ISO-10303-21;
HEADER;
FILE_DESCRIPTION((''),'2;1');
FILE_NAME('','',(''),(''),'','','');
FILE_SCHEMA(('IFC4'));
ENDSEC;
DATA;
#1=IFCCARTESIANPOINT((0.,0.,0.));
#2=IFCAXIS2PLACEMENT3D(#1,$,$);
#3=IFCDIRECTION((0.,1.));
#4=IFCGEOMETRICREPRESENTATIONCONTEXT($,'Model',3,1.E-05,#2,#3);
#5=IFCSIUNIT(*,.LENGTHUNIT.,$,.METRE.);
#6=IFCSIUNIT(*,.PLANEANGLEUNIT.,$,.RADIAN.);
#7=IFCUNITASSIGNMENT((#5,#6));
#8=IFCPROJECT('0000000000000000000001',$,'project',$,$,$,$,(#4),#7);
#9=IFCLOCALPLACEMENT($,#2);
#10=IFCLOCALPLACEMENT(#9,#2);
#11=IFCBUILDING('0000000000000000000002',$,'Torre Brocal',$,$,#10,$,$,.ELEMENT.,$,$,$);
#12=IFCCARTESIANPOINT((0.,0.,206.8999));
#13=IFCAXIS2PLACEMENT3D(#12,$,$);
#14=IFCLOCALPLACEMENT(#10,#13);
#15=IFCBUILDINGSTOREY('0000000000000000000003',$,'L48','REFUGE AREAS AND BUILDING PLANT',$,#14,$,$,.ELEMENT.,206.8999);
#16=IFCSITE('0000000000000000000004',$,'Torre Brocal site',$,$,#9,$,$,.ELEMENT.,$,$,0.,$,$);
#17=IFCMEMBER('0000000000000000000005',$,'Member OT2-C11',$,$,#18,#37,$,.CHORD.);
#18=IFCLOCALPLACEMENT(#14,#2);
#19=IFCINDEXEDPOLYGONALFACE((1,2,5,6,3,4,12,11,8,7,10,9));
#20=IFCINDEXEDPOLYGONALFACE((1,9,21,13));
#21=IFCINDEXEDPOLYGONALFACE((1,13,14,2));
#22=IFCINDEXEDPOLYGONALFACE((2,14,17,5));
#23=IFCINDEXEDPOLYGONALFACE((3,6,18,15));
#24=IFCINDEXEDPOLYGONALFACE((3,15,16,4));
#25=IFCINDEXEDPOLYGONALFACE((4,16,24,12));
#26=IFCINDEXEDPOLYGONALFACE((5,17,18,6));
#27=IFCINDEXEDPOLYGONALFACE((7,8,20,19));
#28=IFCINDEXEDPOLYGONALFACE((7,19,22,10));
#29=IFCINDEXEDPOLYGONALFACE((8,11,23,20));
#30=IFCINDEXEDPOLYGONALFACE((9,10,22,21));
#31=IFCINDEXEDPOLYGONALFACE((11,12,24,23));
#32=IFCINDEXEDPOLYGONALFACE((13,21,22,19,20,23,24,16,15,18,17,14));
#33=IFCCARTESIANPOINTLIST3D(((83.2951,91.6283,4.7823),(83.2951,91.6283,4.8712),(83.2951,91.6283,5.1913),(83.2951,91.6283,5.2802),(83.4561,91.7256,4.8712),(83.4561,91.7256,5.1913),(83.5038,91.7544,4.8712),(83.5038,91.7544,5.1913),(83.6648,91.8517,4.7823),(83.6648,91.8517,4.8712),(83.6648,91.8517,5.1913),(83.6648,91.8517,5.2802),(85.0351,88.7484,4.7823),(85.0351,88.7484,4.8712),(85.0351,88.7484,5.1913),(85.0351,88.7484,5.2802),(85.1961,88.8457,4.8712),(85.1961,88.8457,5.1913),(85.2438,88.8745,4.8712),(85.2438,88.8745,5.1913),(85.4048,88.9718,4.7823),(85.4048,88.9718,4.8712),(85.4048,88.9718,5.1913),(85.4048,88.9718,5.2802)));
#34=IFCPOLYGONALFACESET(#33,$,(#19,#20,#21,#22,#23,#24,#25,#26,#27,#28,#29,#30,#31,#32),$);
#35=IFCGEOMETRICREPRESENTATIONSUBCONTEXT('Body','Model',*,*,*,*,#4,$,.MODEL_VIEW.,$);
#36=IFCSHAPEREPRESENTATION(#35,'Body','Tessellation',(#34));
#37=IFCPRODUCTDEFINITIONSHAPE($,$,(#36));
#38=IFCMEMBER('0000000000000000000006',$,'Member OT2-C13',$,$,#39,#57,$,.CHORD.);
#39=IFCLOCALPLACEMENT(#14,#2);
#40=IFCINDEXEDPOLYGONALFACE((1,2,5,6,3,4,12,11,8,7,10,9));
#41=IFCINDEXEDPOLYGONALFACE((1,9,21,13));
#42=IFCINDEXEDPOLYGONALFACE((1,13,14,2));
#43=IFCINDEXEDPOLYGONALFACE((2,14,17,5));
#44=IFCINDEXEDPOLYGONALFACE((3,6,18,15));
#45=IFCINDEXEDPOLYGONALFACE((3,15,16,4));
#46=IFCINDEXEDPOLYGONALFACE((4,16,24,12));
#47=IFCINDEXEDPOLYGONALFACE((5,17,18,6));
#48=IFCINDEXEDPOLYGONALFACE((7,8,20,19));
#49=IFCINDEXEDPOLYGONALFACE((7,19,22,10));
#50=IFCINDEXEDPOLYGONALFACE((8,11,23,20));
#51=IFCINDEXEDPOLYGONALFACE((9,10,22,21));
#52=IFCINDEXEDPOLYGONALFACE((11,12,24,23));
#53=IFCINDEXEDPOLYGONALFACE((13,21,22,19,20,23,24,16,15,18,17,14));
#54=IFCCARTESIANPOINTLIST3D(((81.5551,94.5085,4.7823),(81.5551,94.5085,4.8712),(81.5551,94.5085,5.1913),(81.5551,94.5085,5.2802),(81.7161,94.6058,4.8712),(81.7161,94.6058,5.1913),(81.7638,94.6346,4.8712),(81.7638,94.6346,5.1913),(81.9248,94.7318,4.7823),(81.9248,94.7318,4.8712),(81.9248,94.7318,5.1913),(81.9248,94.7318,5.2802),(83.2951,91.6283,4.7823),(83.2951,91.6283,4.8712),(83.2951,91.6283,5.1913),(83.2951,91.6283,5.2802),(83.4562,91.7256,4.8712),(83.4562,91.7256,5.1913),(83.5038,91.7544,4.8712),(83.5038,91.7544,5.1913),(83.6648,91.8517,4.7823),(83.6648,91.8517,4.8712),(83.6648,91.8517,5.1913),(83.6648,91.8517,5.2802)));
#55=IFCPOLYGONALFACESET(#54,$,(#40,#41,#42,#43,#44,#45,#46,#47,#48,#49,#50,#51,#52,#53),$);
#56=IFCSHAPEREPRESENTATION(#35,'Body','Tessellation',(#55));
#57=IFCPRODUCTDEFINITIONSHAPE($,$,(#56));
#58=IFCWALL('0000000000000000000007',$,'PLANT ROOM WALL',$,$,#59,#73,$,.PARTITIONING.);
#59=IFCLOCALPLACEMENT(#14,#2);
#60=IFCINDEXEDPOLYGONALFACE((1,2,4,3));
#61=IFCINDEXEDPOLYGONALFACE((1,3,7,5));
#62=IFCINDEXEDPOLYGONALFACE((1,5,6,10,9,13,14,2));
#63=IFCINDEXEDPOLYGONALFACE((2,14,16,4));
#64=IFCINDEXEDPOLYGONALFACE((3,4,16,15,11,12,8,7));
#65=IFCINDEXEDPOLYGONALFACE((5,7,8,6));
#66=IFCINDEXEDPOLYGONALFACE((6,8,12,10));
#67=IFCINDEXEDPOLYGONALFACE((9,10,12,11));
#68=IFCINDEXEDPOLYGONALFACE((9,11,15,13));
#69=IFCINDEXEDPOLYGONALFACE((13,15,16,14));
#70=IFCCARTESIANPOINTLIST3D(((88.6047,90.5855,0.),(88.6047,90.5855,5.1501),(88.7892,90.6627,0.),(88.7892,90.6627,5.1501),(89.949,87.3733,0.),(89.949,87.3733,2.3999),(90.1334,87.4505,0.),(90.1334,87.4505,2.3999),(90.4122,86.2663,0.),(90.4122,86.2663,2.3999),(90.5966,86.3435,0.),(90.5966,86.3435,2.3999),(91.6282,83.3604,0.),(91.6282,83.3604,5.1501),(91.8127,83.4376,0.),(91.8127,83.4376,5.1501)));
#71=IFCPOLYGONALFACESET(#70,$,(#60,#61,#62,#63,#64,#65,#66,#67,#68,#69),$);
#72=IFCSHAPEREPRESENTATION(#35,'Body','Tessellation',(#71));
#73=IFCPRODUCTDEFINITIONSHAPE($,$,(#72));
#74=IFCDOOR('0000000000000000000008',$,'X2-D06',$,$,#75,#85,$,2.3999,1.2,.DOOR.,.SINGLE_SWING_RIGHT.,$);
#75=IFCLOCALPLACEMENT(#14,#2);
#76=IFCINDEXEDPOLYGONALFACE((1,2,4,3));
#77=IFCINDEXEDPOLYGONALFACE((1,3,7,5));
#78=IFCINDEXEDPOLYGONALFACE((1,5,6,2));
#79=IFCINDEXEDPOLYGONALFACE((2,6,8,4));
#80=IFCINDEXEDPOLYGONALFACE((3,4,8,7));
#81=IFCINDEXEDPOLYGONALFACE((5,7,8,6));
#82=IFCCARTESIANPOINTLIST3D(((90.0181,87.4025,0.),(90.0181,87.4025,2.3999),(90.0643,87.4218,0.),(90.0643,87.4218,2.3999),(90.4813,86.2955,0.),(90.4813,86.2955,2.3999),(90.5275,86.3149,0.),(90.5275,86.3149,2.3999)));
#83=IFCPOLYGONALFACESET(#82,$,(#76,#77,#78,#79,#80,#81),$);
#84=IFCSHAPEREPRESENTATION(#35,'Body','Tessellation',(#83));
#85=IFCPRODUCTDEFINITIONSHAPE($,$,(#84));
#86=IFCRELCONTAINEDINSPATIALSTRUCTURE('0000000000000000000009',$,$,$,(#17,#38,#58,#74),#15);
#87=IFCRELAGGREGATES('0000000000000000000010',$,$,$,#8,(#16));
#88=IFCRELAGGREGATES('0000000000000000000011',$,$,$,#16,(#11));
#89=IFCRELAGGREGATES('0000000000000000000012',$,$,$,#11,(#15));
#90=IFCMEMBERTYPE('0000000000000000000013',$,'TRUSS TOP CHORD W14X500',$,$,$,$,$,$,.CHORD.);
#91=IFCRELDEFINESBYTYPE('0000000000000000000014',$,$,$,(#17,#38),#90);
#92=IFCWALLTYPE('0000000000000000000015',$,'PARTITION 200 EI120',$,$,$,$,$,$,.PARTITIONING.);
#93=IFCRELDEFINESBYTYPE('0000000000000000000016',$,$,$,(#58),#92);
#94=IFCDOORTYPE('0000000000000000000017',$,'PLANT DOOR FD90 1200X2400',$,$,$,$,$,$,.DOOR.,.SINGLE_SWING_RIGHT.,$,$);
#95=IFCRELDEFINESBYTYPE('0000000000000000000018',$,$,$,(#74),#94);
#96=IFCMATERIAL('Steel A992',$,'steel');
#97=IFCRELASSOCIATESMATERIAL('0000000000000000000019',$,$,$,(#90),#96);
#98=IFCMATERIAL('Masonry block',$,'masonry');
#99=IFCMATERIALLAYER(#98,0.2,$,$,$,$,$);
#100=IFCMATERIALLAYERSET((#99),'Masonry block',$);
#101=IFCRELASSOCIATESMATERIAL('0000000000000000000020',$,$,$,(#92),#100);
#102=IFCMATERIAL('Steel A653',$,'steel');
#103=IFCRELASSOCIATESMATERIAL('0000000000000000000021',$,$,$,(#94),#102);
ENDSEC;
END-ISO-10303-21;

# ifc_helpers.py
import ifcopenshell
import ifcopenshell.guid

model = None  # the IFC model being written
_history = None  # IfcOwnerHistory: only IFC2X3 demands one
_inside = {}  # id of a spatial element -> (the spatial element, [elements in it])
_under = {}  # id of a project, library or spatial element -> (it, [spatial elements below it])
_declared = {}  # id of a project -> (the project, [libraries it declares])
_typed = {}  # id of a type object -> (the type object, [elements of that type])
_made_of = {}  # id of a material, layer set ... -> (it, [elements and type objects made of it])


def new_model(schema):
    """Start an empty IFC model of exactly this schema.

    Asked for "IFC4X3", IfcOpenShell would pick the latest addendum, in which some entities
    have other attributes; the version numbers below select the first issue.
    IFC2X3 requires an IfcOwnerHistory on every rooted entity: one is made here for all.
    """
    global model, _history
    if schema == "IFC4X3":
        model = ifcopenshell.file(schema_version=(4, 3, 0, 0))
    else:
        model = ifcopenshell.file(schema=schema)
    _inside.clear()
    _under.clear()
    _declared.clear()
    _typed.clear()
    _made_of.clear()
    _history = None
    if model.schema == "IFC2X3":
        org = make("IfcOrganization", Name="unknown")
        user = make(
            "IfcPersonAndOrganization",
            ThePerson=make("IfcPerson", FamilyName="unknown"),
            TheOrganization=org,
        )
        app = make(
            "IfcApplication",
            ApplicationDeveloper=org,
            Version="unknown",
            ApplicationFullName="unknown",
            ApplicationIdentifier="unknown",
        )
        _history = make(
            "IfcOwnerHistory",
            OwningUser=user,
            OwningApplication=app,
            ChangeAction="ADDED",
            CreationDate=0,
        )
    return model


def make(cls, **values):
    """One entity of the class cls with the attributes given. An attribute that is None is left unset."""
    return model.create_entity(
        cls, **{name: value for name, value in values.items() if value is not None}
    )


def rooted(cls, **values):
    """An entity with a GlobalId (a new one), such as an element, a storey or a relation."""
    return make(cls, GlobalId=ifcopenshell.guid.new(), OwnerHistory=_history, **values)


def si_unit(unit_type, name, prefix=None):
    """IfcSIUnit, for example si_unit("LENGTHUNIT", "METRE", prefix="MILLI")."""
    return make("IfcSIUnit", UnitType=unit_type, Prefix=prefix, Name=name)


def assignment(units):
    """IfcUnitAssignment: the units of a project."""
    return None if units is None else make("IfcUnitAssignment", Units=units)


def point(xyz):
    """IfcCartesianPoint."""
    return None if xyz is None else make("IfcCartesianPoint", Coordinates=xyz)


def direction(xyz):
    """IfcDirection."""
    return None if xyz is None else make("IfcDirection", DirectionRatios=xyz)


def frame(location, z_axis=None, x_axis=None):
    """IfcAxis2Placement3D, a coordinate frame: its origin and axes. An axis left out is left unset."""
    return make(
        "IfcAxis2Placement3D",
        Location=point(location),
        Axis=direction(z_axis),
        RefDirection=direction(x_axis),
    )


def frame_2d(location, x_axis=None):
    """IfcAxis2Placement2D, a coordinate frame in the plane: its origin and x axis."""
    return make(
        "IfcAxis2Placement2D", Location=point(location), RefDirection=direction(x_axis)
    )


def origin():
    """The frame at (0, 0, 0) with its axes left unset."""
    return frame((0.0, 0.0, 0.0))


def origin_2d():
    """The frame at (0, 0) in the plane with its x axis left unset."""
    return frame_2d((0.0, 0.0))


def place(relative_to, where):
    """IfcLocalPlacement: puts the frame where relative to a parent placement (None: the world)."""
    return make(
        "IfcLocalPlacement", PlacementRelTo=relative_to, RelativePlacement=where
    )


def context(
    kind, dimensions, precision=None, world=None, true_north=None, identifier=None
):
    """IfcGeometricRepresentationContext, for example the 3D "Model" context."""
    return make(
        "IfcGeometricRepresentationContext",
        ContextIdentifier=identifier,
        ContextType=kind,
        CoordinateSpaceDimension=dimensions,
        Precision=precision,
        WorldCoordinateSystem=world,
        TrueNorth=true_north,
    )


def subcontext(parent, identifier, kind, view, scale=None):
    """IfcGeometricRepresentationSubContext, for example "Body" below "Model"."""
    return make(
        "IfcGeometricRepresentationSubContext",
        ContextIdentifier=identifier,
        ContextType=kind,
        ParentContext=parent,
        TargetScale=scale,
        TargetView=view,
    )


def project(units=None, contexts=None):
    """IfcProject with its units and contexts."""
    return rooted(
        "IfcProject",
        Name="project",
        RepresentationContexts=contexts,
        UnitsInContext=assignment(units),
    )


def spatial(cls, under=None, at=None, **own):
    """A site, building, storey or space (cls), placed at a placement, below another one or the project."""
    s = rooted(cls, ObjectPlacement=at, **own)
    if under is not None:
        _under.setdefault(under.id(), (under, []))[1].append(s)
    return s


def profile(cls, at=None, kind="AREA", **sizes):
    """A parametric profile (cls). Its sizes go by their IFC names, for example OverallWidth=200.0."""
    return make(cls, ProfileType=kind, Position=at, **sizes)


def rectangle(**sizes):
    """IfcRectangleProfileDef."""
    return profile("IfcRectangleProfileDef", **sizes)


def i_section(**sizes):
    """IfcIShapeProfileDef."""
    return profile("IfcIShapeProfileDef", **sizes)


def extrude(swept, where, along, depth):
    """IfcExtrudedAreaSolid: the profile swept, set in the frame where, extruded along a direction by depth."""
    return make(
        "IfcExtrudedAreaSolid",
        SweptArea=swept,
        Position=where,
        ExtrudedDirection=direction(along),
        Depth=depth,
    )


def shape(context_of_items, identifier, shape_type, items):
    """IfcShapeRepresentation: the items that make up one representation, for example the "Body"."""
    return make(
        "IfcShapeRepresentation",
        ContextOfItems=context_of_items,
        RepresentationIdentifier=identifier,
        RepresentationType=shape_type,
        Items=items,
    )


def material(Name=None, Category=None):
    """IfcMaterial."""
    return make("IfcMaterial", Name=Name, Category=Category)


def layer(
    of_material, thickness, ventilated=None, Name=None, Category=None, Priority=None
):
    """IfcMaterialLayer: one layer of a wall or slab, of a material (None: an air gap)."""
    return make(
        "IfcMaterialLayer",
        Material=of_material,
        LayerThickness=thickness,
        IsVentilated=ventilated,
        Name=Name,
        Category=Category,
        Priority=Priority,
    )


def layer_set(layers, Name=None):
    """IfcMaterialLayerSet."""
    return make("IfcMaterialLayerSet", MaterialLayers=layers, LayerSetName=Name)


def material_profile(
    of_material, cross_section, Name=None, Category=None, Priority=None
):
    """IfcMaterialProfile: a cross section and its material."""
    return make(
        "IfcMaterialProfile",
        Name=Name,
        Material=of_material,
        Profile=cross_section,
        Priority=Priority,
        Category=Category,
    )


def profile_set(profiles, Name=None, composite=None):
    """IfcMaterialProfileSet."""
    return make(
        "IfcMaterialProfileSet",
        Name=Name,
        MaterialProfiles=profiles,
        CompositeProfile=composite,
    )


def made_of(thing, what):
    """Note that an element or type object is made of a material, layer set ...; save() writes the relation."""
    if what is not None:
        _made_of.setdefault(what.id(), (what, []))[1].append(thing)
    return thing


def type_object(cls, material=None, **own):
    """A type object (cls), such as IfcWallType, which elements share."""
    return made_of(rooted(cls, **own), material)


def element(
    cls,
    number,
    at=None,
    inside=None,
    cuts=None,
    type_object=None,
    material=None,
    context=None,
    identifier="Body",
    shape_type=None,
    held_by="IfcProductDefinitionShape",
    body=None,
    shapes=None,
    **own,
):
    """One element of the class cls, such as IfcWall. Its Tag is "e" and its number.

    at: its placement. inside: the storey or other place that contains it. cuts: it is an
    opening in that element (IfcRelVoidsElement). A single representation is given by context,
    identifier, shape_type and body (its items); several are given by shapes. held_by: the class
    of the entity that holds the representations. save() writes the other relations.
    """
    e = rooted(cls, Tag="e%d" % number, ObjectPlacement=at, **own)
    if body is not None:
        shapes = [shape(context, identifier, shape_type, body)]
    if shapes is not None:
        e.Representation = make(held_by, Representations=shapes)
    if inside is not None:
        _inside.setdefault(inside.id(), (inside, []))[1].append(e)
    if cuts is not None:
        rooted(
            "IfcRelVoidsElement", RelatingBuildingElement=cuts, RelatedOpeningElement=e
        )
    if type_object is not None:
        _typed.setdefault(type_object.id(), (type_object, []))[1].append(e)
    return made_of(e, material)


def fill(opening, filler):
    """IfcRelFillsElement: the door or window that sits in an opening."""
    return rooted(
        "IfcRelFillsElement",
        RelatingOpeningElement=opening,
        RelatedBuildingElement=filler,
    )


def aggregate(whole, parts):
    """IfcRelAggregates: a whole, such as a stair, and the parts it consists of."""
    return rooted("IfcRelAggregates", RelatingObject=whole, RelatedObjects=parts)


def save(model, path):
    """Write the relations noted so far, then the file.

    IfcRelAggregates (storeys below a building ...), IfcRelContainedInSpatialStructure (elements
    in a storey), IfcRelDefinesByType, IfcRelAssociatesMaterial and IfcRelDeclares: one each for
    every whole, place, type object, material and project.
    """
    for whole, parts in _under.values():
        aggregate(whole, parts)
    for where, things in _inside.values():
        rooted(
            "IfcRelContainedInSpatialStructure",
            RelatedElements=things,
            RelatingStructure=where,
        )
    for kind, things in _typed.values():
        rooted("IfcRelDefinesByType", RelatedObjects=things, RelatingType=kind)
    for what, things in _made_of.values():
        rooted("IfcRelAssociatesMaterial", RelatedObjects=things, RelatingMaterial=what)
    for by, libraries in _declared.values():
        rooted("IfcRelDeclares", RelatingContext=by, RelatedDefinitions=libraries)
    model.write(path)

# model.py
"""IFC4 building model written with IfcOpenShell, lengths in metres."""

from ifc_helpers import new_model, si_unit, direction, frame, frame_2d, origin, origin_2d, place, context, subcontext, project, spatial, rectangle, i_section, extrude, material, layer, layer_set, material_profile, profile_set, type_object, element, fill, save


model = new_model("IFC4")

# Units and contexts
model_context = context("Model", 3, precision=1e-05, world=origin(), true_north=direction((0.0, 1.0)))
body_context = subcontext(model_context, "Body", "Model", "MODEL_VIEW")
ifc_project = project(units=[si_unit("LENGTHUNIT", "METRE"), si_unit("PLANEANGLEUNIT", "RADIAN")], contexts=[model_context])

# Site, building, storey
site_placement = place(None, origin())
site = spatial("IfcSite", under=ifc_project, at=site_placement, Name="Torre Brocal site", CompositionType="ELEMENT", RefElevation=0.0)
building_placement = place(site_placement, origin())
building = spatial("IfcBuilding", under=site, at=building_placement, Name="Torre Brocal", CompositionType="ELEMENT")
storey_placement = place(building_placement, frame((0.0, 0.0, 206.8999)))
storey = spatial("IfcBuildingStorey", under=building, at=storey_placement, Name="L48", Description="REFUGE AREAS AND BUILDING PLANT", CompositionType="ELEMENT", Elevation=206.8999)

# Members
ifc_material_1 = material(Name="Steel A992", Category="steel")
ifc_material_profile_1 = material_profile(ifc_material_1, i_section(OverallWidth=0.4319, OverallDepth=0.4978, WebThickness=0.0557, FlangeThickness=0.0889, at=origin_2d()), Name="W14X500")
ifc_profile_set_1 = profile_set([ifc_material_profile_1], Name="Steel A992")
member_type_1 = type_object("IfcMemberType", Name="TRUSS TOP CHORD W14X500", PredefinedType="CHORD", material=ifc_profile_set_1)
member_1_placement = place(storey_placement, frame((85.22, 88.8601, 5.0312), z_axis=(-0.517129, 0.855908, 0.0), x_axis=(-0.855908, -0.517129, 0.0)))
element("IfcMember", 1, at=member_1_placement, inside=storey, type_object=member_type_1, Name="Member OT2-C11", PredefinedType="CHORD", context=body_context, shape_type="SweptSolid", body=[
    extrude(i_section(OverallWidth=0.4319, OverallDepth=0.4978, WebThickness=0.0557, FlangeThickness=0.0889, at=origin_2d()), origin(), (0.0, 0.0, 1.0), 3.3647),
])
member_2_placement = place(storey_placement, frame((83.48, 91.74, 5.0312), z_axis=(-0.517097, 0.855927, 0.0), x_axis=(-0.855927, -0.517097, 0.0)))
element("IfcMember", 2, at=member_2_placement, inside=storey, type_object=member_type_1, Name="Member OT2-C13", PredefinedType="CHORD", context=body_context, shape_type="SweptSolid", body=[
    extrude(i_section(OverallWidth=0.4319, OverallDepth=0.4978, WebThickness=0.0557, FlangeThickness=0.0889, at=origin_2d()), origin(), (0.0, 0.0, 1.0), 3.365),
])

# Wall, opening, door
ifc_material_2 = material(Name="Masonry block", Category="masonry")
ifc_layer = layer(ifc_material_2, 0.2)
ifc_layer_set = layer_set([ifc_layer], Name="Masonry block")
wall_type = type_object("IfcWallType", Name="PARTITION 200 EI120", PredefinedType="PARTITIONING", material=ifc_layer_set)
wall_placement = place(storey_placement, frame((88.697, 90.624, 0.0), z_axis=(0.0, 0.0, 1.0), x_axis=(0.386027, -0.922487, 0.0)))
wall = element("IfcWall", 3, at=wall_placement, inside=storey, type_object=wall_type, Name="PLANT ROOM WALL", PredefinedType="PARTITIONING", context=body_context, shape_type="SweptSolid", body=[
    extrude(rectangle(XDim=7.8323, YDim=0.2, at=frame_2d((3.916, 0.0))), origin(), (0.0, 0.0, 1.0), 5.1501),
])
opening_placement = place(wall_placement, frame((3.4819, 0.0, 0.0)))
opening = element("IfcOpeningElement", 4, at=opening_placement, cuts=wall, PredefinedType="OPENING", context=body_context, shape_type="SweptSolid", body=[
    extrude(rectangle(XDim=1.2, YDim=2.3999, at=frame_2d((0.6001, 1.2))), frame((0.0, 0.1099, 0.0), z_axis=(0.0, -1.0, 0.0), x_axis=(1.0, 0.0, 0.0)), (0.0, 0.0, 1.0), 0.22),
])
ifc_material_3 = material(Name="Steel A653", Category="steel")
door_type = type_object("IfcDoorType", Name="PLANT DOOR FD90 1200X2400", OperationType="SINGLE_SWING_RIGHT", PredefinedType="DOOR", material=ifc_material_3)
door_placement = place(opening_placement, frame((1.2, 0.0, 0.0), z_axis=(0.0, 0.0, 1.0), x_axis=(-1.0, 0.0, 0.0)))
door = element("IfcDoor", 5, at=door_placement, inside=storey, type_object=door_type, Name="X2-D06", OperationType="SINGLE_SWING_RIGHT", OverallHeight=2.3999, OverallWidth=1.2, PredefinedType="DOOR", context=body_context, shape_type="SweptSolid", body=[
    extrude(rectangle(XDim=1.2, YDim=2.3999, at=frame_2d((0.6001, 1.2))), frame((0.0, 0.0249, 0.0), z_axis=(0.0, -1.0, 0.0), x_axis=(1.0, 0.0, 0.0)), (0.0, 0.0, 1.0), 0.05),
])
fill(opening, door)

save(model, "model.ifc")
